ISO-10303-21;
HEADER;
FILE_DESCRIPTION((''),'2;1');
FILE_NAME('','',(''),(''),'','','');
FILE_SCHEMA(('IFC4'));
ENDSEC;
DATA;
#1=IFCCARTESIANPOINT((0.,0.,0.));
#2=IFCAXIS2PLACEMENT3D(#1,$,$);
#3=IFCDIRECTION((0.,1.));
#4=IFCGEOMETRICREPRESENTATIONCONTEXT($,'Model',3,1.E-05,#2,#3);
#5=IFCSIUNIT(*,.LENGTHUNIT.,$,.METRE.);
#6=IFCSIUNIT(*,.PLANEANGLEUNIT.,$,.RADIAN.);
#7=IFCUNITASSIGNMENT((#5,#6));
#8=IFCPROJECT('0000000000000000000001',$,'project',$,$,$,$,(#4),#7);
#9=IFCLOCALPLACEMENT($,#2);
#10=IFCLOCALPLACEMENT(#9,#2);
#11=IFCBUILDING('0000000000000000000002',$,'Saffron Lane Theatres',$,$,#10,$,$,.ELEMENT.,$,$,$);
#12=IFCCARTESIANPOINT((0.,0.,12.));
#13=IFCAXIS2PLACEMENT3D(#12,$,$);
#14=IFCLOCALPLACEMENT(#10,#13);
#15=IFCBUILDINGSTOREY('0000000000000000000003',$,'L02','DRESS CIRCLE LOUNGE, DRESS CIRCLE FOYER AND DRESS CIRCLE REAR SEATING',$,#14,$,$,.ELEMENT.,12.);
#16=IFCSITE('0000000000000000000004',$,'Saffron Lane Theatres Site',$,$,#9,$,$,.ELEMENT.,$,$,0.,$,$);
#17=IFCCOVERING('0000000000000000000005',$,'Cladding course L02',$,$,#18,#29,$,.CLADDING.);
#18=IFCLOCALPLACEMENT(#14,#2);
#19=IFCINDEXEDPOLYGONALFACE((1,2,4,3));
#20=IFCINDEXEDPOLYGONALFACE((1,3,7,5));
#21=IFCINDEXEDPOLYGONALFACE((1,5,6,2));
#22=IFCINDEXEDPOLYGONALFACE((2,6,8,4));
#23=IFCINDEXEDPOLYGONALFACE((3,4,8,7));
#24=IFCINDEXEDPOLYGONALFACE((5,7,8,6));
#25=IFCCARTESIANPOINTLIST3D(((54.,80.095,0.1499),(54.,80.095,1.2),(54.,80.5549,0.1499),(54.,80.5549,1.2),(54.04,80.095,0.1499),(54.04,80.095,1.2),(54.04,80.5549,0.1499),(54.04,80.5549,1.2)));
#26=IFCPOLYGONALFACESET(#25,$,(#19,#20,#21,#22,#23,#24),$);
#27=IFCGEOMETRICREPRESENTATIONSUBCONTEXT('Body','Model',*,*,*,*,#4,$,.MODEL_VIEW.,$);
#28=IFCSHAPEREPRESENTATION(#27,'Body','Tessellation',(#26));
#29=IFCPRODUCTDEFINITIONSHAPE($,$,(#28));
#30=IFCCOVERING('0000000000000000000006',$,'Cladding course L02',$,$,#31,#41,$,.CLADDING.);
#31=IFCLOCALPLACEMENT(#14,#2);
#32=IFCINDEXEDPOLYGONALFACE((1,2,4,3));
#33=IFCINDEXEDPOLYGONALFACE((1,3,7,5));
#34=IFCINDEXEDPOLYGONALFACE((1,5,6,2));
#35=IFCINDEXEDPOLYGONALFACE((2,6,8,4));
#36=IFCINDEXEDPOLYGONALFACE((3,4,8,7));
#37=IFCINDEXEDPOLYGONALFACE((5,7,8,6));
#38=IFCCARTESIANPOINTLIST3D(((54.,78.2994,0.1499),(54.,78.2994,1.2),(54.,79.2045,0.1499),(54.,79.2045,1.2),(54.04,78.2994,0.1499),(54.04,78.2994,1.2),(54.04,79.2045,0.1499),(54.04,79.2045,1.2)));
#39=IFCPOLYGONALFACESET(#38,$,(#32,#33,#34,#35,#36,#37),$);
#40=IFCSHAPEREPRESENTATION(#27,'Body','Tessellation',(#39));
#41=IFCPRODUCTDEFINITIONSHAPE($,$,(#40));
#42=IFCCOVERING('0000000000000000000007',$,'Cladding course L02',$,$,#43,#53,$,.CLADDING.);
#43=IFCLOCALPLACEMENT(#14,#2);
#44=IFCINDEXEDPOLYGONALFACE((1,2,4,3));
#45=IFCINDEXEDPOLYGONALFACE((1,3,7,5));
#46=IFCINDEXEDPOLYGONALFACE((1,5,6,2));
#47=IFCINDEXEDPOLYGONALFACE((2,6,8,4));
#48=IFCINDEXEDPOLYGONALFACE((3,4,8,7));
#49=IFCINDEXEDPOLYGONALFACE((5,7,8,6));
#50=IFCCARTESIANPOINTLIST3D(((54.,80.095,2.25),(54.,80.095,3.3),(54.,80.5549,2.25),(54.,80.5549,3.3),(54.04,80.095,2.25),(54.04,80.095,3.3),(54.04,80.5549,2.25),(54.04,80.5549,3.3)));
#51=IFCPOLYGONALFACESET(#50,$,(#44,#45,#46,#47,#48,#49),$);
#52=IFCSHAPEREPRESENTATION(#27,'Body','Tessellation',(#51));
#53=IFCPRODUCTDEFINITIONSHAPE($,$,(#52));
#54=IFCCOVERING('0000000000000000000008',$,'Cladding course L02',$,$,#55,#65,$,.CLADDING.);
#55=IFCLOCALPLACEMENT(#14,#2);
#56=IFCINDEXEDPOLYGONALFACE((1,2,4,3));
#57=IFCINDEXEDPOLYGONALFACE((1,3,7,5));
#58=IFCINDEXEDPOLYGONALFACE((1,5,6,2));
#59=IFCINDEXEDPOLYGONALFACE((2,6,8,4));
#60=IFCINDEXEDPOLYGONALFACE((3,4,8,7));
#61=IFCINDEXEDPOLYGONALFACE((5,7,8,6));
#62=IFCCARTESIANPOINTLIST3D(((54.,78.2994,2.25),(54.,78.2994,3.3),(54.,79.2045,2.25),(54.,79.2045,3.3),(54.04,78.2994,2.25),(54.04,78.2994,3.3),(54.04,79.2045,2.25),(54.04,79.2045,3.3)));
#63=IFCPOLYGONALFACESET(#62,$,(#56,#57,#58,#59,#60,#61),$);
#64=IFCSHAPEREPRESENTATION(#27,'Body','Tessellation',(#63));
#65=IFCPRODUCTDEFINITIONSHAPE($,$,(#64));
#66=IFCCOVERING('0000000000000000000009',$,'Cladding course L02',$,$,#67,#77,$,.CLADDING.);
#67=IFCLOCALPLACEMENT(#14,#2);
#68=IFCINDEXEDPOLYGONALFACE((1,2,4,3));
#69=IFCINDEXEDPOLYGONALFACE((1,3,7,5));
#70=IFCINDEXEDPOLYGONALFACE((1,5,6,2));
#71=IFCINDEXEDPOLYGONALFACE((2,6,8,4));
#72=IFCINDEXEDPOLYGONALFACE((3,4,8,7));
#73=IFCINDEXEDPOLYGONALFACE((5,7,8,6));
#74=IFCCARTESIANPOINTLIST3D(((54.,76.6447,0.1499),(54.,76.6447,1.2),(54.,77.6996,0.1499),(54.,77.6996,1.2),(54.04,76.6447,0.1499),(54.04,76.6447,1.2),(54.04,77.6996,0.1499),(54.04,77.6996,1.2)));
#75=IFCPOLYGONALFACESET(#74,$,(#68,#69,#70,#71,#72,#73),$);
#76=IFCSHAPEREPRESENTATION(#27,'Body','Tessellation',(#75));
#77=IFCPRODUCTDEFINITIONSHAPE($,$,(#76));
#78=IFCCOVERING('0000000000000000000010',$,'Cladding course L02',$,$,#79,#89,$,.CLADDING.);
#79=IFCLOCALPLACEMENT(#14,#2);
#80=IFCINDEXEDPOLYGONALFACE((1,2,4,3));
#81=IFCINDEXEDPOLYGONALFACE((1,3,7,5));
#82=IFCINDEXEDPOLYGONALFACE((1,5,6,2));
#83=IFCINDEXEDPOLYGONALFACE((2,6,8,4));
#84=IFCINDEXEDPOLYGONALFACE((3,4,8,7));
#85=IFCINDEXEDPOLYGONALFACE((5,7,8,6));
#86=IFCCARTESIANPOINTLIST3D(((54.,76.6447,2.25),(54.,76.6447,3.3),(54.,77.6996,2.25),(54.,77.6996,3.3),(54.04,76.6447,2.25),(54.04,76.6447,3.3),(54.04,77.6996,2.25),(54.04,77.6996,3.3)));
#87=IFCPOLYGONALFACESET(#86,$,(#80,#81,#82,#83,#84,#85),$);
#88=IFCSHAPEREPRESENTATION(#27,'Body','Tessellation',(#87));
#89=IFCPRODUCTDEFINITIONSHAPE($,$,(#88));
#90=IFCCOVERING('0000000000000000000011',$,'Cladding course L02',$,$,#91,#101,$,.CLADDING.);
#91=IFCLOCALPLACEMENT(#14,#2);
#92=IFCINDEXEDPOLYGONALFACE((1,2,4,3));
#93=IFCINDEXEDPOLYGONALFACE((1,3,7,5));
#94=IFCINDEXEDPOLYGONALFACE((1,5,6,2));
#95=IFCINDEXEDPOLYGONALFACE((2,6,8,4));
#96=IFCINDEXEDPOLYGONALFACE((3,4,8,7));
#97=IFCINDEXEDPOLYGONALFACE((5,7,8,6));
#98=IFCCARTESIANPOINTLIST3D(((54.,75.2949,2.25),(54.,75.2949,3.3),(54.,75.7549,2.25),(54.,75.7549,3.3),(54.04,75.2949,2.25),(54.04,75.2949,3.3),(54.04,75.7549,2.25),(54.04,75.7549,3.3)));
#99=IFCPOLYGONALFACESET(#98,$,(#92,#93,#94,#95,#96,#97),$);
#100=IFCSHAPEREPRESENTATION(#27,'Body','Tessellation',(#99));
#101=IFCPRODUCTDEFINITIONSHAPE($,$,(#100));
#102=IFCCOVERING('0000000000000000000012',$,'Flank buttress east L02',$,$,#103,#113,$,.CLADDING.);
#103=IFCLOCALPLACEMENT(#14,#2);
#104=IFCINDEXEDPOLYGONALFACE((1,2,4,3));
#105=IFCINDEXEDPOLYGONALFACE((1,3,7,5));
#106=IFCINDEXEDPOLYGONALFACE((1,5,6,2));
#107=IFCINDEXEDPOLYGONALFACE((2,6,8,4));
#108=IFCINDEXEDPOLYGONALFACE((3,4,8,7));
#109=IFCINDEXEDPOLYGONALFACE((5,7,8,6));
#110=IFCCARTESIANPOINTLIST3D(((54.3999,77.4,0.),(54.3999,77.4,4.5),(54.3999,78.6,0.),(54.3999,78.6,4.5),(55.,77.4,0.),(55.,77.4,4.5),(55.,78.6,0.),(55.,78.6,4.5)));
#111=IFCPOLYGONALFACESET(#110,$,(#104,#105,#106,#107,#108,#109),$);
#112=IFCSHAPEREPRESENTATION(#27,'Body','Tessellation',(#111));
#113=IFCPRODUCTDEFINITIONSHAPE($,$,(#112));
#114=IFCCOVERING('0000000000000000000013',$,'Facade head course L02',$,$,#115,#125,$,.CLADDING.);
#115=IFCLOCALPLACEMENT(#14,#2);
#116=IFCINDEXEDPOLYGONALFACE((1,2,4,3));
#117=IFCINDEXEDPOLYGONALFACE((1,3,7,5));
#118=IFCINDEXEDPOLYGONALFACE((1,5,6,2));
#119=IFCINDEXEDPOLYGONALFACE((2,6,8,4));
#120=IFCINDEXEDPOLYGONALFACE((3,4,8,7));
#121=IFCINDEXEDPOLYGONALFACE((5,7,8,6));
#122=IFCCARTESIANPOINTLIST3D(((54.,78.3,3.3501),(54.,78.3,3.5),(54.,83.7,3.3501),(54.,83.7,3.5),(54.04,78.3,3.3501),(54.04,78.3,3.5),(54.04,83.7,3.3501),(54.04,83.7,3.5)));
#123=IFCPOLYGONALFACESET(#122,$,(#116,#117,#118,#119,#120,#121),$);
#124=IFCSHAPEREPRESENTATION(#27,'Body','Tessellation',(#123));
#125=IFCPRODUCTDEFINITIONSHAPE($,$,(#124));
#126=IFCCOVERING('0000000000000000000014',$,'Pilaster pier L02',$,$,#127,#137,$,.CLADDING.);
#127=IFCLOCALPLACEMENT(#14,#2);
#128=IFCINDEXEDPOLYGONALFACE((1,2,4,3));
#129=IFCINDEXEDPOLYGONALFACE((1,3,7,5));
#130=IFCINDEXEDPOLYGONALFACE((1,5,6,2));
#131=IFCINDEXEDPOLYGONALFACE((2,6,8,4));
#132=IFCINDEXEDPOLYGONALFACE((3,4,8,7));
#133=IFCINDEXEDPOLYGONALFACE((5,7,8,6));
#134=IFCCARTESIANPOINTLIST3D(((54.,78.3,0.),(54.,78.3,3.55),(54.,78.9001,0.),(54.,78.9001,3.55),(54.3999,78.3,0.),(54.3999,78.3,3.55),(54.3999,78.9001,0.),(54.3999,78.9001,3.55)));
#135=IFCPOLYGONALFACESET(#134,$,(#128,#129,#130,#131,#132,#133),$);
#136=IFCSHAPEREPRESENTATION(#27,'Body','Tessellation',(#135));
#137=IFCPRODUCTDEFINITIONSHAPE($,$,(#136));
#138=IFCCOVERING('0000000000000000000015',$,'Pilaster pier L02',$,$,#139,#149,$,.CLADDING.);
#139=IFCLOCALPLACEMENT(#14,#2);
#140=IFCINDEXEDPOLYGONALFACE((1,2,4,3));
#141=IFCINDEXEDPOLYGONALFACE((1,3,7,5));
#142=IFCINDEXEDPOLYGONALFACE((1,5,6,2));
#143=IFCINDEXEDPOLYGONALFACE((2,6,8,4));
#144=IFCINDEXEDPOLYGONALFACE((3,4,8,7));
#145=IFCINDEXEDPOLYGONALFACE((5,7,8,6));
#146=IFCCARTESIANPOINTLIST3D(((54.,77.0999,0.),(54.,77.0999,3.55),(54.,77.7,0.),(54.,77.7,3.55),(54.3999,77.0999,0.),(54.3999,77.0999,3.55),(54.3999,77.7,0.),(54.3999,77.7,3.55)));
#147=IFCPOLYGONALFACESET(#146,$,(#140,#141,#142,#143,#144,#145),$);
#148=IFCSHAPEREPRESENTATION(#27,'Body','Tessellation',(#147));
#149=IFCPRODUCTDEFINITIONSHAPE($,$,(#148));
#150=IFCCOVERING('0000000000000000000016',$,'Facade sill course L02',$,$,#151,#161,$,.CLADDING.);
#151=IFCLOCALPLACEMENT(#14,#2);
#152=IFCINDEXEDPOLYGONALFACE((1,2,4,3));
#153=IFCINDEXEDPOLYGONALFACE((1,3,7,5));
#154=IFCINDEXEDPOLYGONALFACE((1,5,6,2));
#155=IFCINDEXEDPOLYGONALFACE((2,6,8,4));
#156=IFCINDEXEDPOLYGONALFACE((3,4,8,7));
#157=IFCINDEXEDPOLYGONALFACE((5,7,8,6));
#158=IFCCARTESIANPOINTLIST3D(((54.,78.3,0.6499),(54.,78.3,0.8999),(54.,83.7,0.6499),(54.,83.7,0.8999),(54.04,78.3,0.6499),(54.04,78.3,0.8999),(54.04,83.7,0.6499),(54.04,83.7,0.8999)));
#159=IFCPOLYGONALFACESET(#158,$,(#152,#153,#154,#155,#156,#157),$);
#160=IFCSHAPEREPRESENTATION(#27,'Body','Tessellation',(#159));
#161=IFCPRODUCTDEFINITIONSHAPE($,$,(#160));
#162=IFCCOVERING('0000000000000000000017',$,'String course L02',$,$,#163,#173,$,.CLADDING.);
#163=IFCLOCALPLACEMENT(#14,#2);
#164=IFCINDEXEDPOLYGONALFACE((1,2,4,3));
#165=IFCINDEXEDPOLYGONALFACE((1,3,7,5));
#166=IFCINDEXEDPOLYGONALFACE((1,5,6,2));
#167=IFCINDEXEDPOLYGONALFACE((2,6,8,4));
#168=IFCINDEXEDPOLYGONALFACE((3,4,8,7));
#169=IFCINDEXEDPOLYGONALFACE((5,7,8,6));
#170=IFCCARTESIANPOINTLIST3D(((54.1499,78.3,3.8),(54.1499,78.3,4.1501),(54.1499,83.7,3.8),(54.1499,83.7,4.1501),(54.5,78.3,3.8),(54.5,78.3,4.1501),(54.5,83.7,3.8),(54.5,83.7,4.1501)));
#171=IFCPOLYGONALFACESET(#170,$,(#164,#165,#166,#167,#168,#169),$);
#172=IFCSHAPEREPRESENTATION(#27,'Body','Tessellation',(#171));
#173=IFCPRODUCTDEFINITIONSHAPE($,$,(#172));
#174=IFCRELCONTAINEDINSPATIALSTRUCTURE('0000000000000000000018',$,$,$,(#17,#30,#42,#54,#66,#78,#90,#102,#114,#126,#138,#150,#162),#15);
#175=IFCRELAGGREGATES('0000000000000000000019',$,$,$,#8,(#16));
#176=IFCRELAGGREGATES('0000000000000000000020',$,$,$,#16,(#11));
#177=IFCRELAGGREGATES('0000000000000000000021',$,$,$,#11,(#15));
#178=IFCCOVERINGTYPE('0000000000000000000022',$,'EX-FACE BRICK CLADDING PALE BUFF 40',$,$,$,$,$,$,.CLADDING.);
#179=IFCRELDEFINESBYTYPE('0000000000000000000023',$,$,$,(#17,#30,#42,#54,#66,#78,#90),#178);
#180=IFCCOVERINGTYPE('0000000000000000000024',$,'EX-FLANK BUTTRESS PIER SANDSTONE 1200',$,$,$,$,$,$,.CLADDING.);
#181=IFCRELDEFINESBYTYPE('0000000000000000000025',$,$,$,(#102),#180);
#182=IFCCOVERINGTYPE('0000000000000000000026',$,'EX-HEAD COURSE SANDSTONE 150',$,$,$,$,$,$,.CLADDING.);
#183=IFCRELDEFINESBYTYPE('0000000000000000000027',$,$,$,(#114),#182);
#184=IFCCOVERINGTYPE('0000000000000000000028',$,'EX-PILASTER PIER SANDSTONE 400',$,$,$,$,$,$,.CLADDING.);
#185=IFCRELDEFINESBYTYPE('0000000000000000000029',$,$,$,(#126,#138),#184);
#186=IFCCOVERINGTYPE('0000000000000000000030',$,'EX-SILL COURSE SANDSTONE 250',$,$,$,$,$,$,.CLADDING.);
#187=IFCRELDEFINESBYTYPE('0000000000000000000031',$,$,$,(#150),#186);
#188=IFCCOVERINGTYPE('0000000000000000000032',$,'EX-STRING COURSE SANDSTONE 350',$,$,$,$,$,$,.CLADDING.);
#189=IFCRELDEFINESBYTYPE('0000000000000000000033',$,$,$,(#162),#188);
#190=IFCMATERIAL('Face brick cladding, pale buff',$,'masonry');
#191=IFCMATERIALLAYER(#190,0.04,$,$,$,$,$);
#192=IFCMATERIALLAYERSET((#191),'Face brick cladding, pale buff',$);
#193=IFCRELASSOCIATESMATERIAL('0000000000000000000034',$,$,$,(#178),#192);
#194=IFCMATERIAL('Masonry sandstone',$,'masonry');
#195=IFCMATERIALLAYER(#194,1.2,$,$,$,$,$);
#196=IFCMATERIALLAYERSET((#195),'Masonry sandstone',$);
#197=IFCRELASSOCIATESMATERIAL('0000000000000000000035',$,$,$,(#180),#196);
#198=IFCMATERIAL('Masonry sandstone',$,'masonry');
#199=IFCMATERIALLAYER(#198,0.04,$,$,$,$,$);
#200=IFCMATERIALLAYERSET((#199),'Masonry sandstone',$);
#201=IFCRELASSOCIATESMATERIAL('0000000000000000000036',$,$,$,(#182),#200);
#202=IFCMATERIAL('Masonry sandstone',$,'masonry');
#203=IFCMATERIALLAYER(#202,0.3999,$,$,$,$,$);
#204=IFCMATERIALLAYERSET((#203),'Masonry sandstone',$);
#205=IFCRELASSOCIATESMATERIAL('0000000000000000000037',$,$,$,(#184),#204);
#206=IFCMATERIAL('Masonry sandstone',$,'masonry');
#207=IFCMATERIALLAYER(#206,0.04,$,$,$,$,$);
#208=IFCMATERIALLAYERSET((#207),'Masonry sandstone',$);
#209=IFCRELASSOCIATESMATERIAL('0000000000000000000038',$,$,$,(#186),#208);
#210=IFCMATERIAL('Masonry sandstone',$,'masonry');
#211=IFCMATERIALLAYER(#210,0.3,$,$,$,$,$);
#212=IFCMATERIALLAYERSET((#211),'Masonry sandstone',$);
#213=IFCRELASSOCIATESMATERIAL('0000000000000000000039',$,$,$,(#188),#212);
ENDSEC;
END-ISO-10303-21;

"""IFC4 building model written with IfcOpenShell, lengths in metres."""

from ifc_helpers import new_model, si_unit, direction, frame, origin, origin_2d, place, context, subcontext, project, spatial, rectangle, extrude, material, layer, layer_set, type_object, element, save


model = new_model("IFC4")

# Units and contexts
model_context = context("Model", 3, precision=1e-05, world=origin(), true_north=direction((0.0, 1.0)))
body_context = subcontext(model_context, "Body", "Model", "MODEL_VIEW")
ifc_project = project(units=[si_unit("LENGTHUNIT", "METRE"), si_unit("PLANEANGLEUNIT", "RADIAN")], contexts=[model_context])

# Site, building, storey
site_placement = place(None, origin())
site = spatial("IfcSite", under=ifc_project, at=site_placement, Name="Saffron Lane Theatres Site", CompositionType="ELEMENT", RefElevation=0.0)
building_placement = place(site_placement, origin())
building = spatial("IfcBuilding", under=site, at=building_placement, Name="Saffron Lane Theatres", CompositionType="ELEMENT")
storey_placement = place(building_placement, frame((0.0, 0.0, 12.0)))
storey = spatial("IfcBuildingStorey", under=building, at=storey_placement, Name="L02", Description="DRESS CIRCLE LOUNGE, DRESS CIRCLE FOYER AND DRESS CIRCLE REAR SEATING", CompositionType="ELEMENT", Elevation=12.0)

# Coverings
ifc_material_1 = material(Name="Face brick cladding, pale buff", Category="masonry")
ifc_layer_1 = layer(ifc_material_1, 0.04)
ifc_layer_set_1 = layer_set([ifc_layer_1], Name="Face brick cladding, pale buff")
covering_type_1 = type_object("IfcCoveringType", Name="EX-FACE BRICK CLADDING PALE BUFF 40", PredefinedType="CLADDING", material=ifc_layer_set_1)
covering_1_placement = place(storey_placement, frame((54.02, 80.325, 0.1499), z_axis=(0.0, 0.0, 1.0), x_axis=(0.0, -1.0, 0.0)))
element("IfcCovering", 1, at=covering_1_placement, inside=storey, type_object=covering_type_1, Name="Cladding course L02", PredefinedType="CLADDING", context=body_context, shape_type="SweptSolid", body=[
    extrude(rectangle(XDim=0.46, YDim=0.04, at=origin_2d()), origin(), (0.0, 0.0, 1.0), 1.05),
])
covering_2_placement = place(storey_placement, frame((54.02, 78.752, 0.1499), z_axis=(0.0, 0.0, 1.0), x_axis=(0.0, -1.0, 0.0)))
element("IfcCovering", 2, at=covering_2_placement, inside=storey, type_object=covering_type_1, Name="Cladding course L02", PredefinedType="CLADDING", context=body_context, shape_type="SweptSolid", body=[
    extrude(rectangle(XDim=0.905, YDim=0.04, at=origin_2d()), origin(), (0.0, 0.0, 1.0), 1.05),
])
covering_3_placement = place(storey_placement, frame((54.02, 80.325, 2.25), z_axis=(0.0, 0.0, 1.0), x_axis=(0.0, -1.0, 0.0)))
element("IfcCovering", 3, at=covering_3_placement, inside=storey, type_object=covering_type_1, Name="Cladding course L02", PredefinedType="CLADDING", context=body_context, shape_type="SweptSolid", body=[
    extrude(rectangle(XDim=0.46, YDim=0.04, at=origin_2d()), origin(), (0.0, 0.0, 1.0), 1.05),
])
covering_4_placement = place(storey_placement, frame((54.02, 78.752, 2.25), z_axis=(0.0, 0.0, 1.0), x_axis=(0.0, -1.0, 0.0)))
element("IfcCovering", 4, at=covering_4_placement, inside=storey, type_object=covering_type_1, Name="Cladding course L02", PredefinedType="CLADDING", context=body_context, shape_type="SweptSolid", body=[
    extrude(rectangle(XDim=0.905, YDim=0.04, at=origin_2d()), origin(), (0.0, 0.0, 1.0), 1.05),
])
for number, where, z_axis, x_axis, name in (
    (5, (54.02, 77.1721, 0.1499), (0.0, 0.0, 1.0), (0.0, -1.0, 0.0), "Cladding course L02"),
    (6, (54.02, 77.1721, 2.25), (0.0, 0.0, 1.0), (0.0, -1.0, 0.0), "Cladding course L02"),
):
    element("IfcCovering", number, at=place(storey_placement, frame(where, z_axis=z_axis, x_axis=x_axis)), inside=storey, type_object=covering_type_1, Name=name, PredefinedType="CLADDING", context=body_context, shape_type="SweptSolid", body=[
        extrude(rectangle(XDim=1.0549, YDim=0.04, at=origin_2d()), origin(), (0.0, 0.0, 1.0), 1.05),
    ])
covering_5_placement = place(storey_placement, frame((54.02, 75.5249, 2.25), z_axis=(0.0, 0.0, 1.0), x_axis=(0.0, -1.0, 0.0)))
element("IfcCovering", 7, at=covering_5_placement, inside=storey, type_object=covering_type_1, Name="Cladding course L02", PredefinedType="CLADDING", context=body_context, shape_type="SweptSolid", body=[
    extrude(rectangle(XDim=0.46, YDim=0.04, at=origin_2d()), origin(), (0.0, 0.0, 1.0), 1.05),
])
ifc_material_2 = material(Name="Masonry sandstone", Category="masonry")
ifc_layer_2 = layer(ifc_material_2, 1.2)
ifc_layer_set_2 = layer_set([ifc_layer_2], Name="Masonry sandstone")
covering_type_2 = type_object("IfcCoveringType", Name="EX-FLANK BUTTRESS PIER SANDSTONE 1200", PredefinedType="CLADDING", material=ifc_layer_set_2)
covering_6_placement = place(storey_placement, frame((54.7, 78.0, 0.0), z_axis=(0.0, 0.0, 1.0), x_axis=(0.0, 1.0, 0.0)))
element("IfcCovering", 8, at=covering_6_placement, inside=storey, type_object=covering_type_2, Name="Flank buttress east L02", PredefinedType="CLADDING", context=body_context, shape_type="SweptSolid", body=[
    extrude(rectangle(XDim=1.2, YDim=0.6001, at=origin_2d()), origin(), (0.0, 0.0, 1.0), 4.5),
])
ifc_material_3 = material(Name="Masonry sandstone", Category="masonry")
ifc_layer_3 = layer(ifc_material_3, 0.04)
ifc_layer_set_3 = layer_set([ifc_layer_3], Name="Masonry sandstone")
covering_type_3 = type_object("IfcCoveringType", Name="EX-HEAD COURSE SANDSTONE 150", PredefinedType="CLADDING", material=ifc_layer_set_3)
covering_7_placement = place(storey_placement, frame((54.02, 81.0, 3.3501), z_axis=(0.0, 0.0, 1.0), x_axis=(0.0, -1.0, 0.0)))
element("IfcCovering", 9, at=covering_7_placement, inside=storey, type_object=covering_type_3, Name="Facade head course L02", PredefinedType="CLADDING", context=body_context, shape_type="SweptSolid", body=[
    extrude(rectangle(XDim=5.3999, YDim=0.04, at=origin_2d()), origin(), (0.0, 0.0, 1.0), 0.1499),
])
ifc_material_4 = material(Name="Masonry sandstone", Category="masonry")
ifc_layer_4 = layer(ifc_material_4, 0.3999)
ifc_layer_set_4 = layer_set([ifc_layer_4], Name="Masonry sandstone")
covering_type_4 = type_object("IfcCoveringType", Name="EX-PILASTER PIER SANDSTONE 400", PredefinedType="CLADDING", material=ifc_layer_set_4)
for number, where, z_axis, x_axis, name in (
    (10, (54.2, 78.6001, 0.0), (0.0, 0.0, 1.0), (0.0, -1.0, 0.0), "Pilaster pier L02"),
    (11, (54.2, 77.3999, 0.0), (0.0, 0.0, 1.0), (0.0, -1.0, 0.0), "Pilaster pier L02"),
):
    element("IfcCovering", number, at=place(storey_placement, frame(where, z_axis=z_axis, x_axis=x_axis)), inside=storey, type_object=covering_type_4, Name=name, PredefinedType="CLADDING", context=body_context, shape_type="SweptSolid", body=[
        extrude(rectangle(XDim=0.6001, YDim=0.3999, at=origin_2d()), origin(), (0.0, 0.0, 1.0), 3.55),
    ])
ifc_material_5 = material(Name="Masonry sandstone", Category="masonry")
ifc_layer_5 = layer(ifc_material_5, 0.04)
ifc_layer_set_5 = layer_set([ifc_layer_5], Name="Masonry sandstone")
covering_type_5 = type_object("IfcCoveringType", Name="EX-SILL COURSE SANDSTONE 250", PredefinedType="CLADDING", material=ifc_layer_set_5)
covering_8_placement = place(storey_placement, frame((54.02, 81.0, 0.6499), z_axis=(0.0, 0.0, 1.0), x_axis=(0.0, -1.0, 0.0)))
element("IfcCovering", 12, at=covering_8_placement, inside=storey, type_object=covering_type_5, Name="Facade sill course L02", PredefinedType="CLADDING", context=body_context, shape_type="SweptSolid", body=[
    extrude(rectangle(XDim=5.3999, YDim=0.04, at=origin_2d()), origin(), (0.0, 0.0, 1.0), 0.25),
])
ifc_material_6 = material(Name="Masonry sandstone", Category="masonry")
ifc_layer_6 = layer(ifc_material_6, 0.3)
ifc_layer_set_6 = layer_set([ifc_layer_6], Name="Masonry sandstone")
covering_type_6 = type_object("IfcCoveringType", Name="EX-STRING COURSE SANDSTONE 350", PredefinedType="CLADDING", material=ifc_layer_set_6)
covering_9_placement = place(storey_placement, frame((54.325, 81.0, 3.8), z_axis=(0.0, 0.0, 1.0), x_axis=(0.0, -1.0, 0.0)))
element("IfcCovering", 13, at=covering_9_placement, inside=storey, type_object=covering_type_6, Name="String course L02", PredefinedType="CLADDING", context=body_context, shape_type="SweptSolid", body=[
    extrude(rectangle(XDim=5.3999, YDim=0.3501, at=origin_2d()), origin(), (0.0, 0.0, 1.0), 0.3501),
])

save(model, "model.ifc")
